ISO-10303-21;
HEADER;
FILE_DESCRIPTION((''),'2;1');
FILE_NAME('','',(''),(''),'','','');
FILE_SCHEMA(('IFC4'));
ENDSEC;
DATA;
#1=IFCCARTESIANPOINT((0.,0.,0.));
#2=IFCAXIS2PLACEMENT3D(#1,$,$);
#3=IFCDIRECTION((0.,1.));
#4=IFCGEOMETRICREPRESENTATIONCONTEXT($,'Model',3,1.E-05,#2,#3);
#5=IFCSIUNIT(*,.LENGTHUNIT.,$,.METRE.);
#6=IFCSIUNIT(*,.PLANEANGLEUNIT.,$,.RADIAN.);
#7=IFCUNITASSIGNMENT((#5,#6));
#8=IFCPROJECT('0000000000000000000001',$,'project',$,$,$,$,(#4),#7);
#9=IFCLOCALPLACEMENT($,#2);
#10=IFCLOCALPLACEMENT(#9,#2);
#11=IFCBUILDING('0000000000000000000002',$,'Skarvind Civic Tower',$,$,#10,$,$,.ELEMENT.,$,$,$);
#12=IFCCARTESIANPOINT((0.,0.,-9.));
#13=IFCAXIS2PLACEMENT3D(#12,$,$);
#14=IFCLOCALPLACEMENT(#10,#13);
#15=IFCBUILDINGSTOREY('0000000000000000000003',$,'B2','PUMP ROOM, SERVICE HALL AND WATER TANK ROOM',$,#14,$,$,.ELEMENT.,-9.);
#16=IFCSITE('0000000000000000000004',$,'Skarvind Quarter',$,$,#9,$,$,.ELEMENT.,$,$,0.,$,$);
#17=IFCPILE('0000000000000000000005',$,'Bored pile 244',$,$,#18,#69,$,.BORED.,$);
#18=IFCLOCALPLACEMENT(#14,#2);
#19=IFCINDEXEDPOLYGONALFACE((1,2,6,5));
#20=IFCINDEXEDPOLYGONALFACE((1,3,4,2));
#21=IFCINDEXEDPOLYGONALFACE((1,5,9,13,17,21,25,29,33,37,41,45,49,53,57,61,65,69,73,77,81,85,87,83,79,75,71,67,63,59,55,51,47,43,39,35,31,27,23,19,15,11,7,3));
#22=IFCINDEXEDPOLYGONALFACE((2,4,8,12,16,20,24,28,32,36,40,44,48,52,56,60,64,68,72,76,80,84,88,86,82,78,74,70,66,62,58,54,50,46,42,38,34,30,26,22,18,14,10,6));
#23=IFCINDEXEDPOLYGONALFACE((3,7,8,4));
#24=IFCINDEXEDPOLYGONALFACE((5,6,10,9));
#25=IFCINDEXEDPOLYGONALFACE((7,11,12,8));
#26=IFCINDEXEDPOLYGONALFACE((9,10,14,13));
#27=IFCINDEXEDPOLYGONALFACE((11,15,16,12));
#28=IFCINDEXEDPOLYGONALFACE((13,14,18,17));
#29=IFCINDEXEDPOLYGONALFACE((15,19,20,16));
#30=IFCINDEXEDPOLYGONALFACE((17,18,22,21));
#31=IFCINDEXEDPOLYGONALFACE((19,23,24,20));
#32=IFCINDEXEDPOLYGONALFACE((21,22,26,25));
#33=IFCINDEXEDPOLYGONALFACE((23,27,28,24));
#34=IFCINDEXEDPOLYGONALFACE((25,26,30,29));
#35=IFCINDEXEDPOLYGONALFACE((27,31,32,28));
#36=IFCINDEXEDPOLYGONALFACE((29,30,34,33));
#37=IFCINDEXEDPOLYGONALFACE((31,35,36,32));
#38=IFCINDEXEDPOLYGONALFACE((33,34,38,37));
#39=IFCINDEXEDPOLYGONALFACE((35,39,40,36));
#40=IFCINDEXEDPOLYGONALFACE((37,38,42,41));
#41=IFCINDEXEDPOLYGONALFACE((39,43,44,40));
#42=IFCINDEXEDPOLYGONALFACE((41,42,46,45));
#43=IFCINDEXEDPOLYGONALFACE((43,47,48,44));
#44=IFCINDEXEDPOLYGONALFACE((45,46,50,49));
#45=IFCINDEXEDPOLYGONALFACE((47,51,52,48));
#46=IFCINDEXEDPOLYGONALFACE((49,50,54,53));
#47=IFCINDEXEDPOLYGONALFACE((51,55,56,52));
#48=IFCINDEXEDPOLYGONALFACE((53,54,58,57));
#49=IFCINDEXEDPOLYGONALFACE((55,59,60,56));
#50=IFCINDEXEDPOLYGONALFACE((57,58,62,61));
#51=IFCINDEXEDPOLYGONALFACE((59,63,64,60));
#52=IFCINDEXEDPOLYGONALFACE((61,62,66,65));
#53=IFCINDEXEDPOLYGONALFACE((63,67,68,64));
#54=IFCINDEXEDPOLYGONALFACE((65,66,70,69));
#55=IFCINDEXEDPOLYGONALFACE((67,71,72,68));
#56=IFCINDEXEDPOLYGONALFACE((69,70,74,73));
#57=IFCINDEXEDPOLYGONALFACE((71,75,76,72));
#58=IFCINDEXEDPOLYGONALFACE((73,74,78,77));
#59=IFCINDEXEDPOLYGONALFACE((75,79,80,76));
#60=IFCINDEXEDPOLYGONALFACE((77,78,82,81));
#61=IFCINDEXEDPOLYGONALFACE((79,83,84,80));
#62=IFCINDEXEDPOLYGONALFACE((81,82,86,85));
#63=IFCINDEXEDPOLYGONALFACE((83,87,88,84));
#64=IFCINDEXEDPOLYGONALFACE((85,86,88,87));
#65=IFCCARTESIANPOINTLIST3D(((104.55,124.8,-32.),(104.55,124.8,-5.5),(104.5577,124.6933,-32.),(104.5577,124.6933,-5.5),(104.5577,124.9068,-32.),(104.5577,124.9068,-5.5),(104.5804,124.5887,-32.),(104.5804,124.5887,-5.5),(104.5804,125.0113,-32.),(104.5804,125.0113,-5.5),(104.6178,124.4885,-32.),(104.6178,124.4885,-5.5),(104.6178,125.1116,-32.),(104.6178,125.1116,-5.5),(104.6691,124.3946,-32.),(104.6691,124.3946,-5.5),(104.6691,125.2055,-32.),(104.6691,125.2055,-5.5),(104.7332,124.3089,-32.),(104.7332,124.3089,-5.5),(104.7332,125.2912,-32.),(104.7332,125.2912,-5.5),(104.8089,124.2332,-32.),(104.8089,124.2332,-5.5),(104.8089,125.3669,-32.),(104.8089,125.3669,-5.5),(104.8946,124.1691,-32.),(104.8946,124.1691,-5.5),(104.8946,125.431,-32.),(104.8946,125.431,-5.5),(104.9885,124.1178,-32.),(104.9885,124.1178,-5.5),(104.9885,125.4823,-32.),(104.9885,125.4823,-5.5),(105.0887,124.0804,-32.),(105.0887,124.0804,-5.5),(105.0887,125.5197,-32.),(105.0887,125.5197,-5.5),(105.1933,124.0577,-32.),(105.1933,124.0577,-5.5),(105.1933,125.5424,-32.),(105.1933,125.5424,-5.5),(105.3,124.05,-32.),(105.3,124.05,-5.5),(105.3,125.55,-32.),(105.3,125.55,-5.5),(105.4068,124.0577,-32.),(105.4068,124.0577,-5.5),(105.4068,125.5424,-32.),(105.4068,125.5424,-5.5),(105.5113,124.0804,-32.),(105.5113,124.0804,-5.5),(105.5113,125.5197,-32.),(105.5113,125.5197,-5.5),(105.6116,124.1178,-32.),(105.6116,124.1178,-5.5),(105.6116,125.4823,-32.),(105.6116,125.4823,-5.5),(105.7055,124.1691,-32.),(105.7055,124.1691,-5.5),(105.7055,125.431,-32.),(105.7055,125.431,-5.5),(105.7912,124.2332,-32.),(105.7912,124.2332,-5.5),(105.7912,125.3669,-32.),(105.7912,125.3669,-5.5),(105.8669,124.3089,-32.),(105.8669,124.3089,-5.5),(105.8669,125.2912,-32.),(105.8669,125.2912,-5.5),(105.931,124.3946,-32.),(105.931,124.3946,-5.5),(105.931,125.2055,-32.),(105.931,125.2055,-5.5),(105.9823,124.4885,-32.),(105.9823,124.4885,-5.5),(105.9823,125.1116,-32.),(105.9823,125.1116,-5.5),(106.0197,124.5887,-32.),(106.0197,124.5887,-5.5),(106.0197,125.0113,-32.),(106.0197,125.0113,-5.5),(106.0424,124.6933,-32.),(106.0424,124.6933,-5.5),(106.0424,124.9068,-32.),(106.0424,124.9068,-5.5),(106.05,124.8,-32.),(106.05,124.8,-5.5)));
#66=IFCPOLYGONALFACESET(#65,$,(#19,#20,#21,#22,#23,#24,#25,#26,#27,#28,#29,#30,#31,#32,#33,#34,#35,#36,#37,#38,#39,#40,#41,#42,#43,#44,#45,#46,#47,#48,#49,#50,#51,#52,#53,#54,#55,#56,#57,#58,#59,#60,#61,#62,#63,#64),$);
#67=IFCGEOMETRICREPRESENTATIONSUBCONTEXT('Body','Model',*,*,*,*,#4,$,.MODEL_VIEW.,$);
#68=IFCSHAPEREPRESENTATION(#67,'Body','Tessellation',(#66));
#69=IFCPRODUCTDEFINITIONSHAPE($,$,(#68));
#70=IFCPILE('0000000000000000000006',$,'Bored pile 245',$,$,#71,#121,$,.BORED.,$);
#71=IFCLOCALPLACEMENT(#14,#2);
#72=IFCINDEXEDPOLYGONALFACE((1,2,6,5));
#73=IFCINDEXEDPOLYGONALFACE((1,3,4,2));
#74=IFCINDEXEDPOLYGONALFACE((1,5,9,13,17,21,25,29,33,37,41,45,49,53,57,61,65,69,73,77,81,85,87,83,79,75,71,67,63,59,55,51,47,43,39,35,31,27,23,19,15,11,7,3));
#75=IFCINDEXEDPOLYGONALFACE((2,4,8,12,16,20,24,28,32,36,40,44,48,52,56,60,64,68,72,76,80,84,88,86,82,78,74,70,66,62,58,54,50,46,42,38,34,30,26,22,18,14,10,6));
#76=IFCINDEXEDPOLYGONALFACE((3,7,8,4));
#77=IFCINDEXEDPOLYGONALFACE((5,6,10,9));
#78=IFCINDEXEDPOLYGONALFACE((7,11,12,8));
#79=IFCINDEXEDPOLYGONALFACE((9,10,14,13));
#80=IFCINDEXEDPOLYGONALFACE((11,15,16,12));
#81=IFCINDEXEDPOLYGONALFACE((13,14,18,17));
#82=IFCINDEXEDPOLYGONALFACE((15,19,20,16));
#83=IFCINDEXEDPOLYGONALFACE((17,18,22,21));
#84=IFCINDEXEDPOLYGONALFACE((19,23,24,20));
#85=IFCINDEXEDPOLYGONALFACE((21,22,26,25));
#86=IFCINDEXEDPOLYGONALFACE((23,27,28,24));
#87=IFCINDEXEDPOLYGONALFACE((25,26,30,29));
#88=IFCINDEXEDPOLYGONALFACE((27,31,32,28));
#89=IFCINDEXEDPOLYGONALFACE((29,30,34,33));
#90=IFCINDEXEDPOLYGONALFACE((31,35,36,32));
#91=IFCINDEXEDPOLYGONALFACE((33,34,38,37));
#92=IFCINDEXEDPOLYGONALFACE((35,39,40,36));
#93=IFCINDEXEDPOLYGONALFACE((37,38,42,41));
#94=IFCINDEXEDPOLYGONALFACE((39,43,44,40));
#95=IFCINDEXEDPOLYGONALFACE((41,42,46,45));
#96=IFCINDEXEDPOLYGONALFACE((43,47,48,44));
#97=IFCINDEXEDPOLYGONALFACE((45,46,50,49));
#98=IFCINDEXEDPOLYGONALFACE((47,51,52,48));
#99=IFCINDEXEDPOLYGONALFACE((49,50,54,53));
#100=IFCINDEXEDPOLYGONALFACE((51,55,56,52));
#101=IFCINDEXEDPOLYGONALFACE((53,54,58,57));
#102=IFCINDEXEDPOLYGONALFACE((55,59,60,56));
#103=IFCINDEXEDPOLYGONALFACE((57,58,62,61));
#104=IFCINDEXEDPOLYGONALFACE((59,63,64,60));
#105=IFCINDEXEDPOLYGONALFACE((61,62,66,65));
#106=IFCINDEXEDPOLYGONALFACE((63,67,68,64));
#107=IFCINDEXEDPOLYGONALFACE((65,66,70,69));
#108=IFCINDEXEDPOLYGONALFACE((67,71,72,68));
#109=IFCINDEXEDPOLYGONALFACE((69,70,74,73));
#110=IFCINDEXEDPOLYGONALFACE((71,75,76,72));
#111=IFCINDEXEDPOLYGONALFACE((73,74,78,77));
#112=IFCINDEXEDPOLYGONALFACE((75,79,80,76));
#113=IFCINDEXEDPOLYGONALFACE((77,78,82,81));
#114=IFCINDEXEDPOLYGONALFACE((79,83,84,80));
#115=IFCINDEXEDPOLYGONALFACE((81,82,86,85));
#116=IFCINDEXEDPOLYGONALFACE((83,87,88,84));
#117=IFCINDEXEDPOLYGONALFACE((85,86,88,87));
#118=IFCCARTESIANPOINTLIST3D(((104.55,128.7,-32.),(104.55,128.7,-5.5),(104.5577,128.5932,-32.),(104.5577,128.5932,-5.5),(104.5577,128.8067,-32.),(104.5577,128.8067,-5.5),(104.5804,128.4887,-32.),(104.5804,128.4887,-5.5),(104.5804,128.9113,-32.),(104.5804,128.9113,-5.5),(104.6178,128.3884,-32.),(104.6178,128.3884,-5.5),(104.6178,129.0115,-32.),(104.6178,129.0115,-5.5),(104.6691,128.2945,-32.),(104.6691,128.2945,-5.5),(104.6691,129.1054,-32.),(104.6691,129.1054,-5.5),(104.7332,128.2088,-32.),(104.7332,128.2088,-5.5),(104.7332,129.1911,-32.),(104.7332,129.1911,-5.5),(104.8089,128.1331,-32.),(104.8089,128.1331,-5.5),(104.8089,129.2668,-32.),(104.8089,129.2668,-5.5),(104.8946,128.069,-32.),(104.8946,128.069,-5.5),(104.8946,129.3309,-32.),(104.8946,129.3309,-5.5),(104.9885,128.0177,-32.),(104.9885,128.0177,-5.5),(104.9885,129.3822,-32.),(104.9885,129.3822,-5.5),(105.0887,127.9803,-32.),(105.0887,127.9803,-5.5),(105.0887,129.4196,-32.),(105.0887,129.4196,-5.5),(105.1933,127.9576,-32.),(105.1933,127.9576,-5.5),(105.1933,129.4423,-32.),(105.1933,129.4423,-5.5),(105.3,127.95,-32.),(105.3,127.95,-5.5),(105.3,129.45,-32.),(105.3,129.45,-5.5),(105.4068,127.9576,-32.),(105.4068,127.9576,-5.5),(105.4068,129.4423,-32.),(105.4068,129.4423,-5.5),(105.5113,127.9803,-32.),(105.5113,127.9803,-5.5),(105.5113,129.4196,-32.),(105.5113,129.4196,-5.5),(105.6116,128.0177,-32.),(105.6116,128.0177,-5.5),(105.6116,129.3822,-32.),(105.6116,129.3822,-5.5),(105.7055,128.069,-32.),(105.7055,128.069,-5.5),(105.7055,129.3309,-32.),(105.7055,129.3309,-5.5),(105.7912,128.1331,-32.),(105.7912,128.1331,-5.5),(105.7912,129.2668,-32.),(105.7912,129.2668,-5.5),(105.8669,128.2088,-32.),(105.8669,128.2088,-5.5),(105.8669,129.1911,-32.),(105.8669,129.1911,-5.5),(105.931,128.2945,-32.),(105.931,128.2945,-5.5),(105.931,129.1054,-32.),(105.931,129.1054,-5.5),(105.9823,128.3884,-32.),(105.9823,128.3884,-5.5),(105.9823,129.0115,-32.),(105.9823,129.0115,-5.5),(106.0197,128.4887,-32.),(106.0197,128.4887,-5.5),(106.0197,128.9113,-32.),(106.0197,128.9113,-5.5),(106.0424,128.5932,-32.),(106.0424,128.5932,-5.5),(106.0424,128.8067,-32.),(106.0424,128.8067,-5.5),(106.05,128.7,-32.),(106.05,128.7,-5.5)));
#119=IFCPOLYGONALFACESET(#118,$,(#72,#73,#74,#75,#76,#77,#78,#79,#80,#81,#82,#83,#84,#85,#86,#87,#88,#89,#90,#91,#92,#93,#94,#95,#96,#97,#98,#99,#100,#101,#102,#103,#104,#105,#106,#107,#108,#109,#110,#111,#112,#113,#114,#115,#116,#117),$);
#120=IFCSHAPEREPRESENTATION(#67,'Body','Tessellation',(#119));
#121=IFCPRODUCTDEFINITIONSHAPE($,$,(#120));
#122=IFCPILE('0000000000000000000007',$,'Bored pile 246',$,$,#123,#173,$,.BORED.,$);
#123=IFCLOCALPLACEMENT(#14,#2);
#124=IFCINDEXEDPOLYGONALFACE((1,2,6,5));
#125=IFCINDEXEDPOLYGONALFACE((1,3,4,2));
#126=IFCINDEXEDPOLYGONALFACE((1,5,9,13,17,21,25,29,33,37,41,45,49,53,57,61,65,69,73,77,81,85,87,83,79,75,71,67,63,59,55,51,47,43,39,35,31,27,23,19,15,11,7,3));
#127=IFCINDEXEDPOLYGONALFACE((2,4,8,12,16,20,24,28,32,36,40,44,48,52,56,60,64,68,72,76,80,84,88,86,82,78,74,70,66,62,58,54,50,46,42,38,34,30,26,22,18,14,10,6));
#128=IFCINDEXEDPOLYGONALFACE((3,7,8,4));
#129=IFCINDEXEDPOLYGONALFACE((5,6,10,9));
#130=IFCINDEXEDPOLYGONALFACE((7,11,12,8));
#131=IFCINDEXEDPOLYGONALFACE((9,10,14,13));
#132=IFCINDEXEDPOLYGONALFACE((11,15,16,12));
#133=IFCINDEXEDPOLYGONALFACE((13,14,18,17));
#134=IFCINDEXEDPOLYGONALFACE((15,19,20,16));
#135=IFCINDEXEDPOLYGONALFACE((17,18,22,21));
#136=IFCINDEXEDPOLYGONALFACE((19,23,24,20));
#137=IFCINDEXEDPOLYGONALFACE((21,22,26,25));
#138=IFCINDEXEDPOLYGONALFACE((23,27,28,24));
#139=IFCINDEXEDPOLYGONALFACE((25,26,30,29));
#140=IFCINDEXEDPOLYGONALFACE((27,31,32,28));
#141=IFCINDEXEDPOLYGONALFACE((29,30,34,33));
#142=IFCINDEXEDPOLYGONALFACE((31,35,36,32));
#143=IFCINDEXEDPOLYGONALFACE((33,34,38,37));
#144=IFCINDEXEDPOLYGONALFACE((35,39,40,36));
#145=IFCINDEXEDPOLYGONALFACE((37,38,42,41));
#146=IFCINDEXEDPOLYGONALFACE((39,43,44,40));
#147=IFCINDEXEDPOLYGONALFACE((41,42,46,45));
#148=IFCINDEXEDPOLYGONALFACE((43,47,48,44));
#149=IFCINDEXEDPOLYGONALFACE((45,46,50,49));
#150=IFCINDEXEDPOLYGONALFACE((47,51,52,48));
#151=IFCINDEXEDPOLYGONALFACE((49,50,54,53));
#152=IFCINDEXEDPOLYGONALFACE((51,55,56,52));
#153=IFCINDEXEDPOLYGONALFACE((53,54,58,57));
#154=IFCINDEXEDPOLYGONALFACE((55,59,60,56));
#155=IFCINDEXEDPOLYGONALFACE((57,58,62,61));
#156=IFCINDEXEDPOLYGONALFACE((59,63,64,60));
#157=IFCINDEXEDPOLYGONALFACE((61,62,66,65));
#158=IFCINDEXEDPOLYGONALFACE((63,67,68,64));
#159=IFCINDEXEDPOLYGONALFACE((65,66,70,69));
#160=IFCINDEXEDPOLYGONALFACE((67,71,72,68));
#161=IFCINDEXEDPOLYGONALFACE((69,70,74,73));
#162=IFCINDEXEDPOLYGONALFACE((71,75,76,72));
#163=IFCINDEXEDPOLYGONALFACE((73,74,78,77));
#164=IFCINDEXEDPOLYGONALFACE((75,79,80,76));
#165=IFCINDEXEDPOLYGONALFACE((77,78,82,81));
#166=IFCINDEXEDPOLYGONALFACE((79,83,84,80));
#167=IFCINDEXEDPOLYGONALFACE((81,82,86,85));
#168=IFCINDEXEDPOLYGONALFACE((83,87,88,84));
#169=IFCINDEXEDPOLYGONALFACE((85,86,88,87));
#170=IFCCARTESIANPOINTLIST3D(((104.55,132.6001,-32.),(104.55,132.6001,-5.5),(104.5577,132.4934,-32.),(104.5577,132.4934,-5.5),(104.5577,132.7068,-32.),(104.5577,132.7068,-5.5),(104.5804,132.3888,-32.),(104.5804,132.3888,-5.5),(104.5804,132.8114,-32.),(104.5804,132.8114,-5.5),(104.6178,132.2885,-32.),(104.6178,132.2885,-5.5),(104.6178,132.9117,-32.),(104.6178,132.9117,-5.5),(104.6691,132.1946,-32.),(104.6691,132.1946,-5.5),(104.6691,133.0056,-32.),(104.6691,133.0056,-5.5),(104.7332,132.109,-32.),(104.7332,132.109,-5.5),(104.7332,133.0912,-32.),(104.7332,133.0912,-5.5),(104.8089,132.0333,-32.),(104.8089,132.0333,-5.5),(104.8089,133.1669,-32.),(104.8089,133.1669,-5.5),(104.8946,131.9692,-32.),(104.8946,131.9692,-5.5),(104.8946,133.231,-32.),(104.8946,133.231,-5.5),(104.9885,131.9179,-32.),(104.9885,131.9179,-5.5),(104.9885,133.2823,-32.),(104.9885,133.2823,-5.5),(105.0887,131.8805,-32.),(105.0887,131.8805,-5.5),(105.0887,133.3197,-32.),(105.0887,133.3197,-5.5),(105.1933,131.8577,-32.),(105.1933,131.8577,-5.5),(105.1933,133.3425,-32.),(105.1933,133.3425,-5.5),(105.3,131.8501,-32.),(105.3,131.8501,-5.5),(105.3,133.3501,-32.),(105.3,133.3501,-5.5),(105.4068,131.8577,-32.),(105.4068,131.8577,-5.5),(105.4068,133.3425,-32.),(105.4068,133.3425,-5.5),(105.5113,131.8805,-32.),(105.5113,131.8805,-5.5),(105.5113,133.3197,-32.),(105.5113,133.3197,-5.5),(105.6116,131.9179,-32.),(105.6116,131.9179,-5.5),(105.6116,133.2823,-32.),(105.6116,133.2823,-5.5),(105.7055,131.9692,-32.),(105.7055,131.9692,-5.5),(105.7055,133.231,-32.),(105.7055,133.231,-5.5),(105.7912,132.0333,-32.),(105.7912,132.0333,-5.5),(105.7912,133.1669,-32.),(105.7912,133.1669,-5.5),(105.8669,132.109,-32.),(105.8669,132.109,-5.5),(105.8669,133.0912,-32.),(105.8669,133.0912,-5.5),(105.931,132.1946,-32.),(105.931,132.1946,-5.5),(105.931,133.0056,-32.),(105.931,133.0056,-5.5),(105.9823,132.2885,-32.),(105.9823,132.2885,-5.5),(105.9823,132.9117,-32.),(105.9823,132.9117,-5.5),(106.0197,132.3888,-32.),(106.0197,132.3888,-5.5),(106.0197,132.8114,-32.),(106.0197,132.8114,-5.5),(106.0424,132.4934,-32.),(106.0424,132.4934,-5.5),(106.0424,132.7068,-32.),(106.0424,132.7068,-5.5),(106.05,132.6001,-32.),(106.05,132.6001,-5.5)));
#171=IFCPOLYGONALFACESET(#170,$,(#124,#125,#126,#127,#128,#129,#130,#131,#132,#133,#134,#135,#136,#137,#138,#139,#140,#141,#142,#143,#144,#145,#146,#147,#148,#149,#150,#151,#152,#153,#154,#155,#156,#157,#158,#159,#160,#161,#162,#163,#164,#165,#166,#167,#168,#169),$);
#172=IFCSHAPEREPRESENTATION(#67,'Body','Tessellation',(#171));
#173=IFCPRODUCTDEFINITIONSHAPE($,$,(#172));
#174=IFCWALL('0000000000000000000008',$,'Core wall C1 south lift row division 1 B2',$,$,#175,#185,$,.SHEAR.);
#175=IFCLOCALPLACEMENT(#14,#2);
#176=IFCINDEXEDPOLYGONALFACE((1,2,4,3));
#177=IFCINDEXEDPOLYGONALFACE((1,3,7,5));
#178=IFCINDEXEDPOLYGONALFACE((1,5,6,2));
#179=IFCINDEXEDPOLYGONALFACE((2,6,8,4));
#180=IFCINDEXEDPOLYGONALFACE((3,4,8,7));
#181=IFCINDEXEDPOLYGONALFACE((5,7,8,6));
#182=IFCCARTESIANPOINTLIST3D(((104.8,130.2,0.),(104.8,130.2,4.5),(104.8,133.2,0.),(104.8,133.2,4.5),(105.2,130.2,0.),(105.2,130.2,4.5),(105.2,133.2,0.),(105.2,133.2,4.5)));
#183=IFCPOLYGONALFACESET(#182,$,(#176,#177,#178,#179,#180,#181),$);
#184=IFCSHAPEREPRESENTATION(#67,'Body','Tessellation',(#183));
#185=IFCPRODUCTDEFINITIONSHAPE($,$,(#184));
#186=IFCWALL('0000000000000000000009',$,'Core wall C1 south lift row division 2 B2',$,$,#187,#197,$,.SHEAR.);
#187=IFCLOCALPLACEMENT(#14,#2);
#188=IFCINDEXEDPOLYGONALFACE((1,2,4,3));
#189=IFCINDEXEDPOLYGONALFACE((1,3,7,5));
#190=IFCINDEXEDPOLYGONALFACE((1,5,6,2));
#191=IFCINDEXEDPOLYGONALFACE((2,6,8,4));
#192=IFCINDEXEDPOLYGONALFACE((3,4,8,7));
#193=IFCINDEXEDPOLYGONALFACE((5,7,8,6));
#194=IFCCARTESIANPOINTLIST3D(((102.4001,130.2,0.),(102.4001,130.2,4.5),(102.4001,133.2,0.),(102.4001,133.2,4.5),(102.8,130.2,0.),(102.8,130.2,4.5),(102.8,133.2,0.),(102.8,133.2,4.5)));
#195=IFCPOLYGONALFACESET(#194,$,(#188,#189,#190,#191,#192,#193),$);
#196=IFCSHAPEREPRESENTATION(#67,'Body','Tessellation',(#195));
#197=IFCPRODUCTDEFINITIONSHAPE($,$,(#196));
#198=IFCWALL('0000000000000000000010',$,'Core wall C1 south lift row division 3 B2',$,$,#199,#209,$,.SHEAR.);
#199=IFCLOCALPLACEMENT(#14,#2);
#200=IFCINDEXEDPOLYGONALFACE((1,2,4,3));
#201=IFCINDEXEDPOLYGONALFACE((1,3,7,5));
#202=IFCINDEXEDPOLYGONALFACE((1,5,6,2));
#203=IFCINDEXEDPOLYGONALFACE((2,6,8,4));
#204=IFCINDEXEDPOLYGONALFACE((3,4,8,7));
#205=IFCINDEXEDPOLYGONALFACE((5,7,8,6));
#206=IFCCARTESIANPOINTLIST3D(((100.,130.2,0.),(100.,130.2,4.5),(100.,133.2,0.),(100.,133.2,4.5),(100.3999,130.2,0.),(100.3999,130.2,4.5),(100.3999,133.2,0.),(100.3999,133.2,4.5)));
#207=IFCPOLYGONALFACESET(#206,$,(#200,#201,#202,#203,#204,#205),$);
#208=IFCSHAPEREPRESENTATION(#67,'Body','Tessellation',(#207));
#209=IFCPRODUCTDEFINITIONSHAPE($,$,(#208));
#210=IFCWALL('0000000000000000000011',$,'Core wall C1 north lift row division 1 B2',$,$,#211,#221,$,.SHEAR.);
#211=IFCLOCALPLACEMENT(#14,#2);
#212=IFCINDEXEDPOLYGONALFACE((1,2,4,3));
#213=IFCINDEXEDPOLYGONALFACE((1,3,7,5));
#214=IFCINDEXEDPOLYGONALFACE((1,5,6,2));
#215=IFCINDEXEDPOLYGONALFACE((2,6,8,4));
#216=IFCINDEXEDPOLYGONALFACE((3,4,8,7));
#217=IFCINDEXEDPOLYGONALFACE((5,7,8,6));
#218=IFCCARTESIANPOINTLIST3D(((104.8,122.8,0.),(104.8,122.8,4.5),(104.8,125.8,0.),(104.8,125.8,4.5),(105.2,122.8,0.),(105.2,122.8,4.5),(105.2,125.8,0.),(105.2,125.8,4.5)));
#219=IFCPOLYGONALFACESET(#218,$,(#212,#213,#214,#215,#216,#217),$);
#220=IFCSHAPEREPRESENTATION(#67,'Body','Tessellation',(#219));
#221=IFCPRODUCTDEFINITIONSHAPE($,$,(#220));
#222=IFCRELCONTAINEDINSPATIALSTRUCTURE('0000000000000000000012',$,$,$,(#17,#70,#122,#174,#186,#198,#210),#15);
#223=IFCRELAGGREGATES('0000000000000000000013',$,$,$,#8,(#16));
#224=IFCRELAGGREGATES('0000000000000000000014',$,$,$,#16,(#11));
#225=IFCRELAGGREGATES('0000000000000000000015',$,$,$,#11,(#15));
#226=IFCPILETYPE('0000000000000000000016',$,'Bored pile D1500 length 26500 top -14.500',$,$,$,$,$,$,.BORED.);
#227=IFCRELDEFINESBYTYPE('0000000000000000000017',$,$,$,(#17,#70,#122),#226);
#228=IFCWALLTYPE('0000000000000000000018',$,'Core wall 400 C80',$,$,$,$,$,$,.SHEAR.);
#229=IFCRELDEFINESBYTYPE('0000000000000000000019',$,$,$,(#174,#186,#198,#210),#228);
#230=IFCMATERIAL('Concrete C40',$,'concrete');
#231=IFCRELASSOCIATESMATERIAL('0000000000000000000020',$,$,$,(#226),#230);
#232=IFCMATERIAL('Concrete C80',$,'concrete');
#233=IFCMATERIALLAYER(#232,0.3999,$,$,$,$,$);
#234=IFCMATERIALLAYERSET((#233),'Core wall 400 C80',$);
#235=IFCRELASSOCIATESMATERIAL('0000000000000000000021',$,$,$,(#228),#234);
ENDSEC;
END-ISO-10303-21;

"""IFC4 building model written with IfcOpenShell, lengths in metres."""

from ifc_helpers import new_model, si_unit, direction, frame, frame_2d, origin, origin_2d, place, context, subcontext, project, spatial, rectangle, circle, extrude, material, layer, layer_set, type_object, element, save


model = new_model("IFC4")

# Units and contexts
model_context = context("Model", 3, precision=1e-05, world=origin(), true_north=direction((0.0, 1.0)))
body_context = subcontext(model_context, "Body", "Model", "MODEL_VIEW")
ifc_project = project(units=[si_unit("LENGTHUNIT", "METRE"), si_unit("PLANEANGLEUNIT", "RADIAN")], contexts=[model_context])

# Site, building, storey
site_placement = place(None, origin())
site = spatial("IfcSite", under=ifc_project, at=site_placement, Name="Skarvind Quarter", CompositionType="ELEMENT", RefElevation=0.0)
building_placement = place(site_placement, origin())
building = spatial("IfcBuilding", under=site, at=building_placement, Name="Skarvind Civic Tower", CompositionType="ELEMENT")
storey_placement = place(building_placement, frame((0.0, 0.0, -9.0)))
storey = spatial("IfcBuildingStorey", under=building, at=storey_placement, Name="B2", Description="PUMP ROOM, SERVICE HALL AND WATER TANK ROOM", CompositionType="ELEMENT", Elevation=-9.0)

# Piles
ifc_material_1 = material(Name="Concrete C40", Category="concrete")
pile_type = type_object("IfcPileType", Name="Bored pile D1500 length 26500 top -14.500", PredefinedType="BORED", material=ifc_material_1)
for number, where, z_axis, x_axis, name in (
    (1, (105.3, 124.8, -5.5), (0.0, 0.0, -1.0), (1.0, 0.0, 0.0), "Bored pile 244"),
    (2, (105.3, 128.7, -5.5), (0.0, 0.0, -1.0), (1.0, 0.0, 0.0), "Bored pile 245"),
    (3, (105.3, 132.6001, -5.5), (0.0, 0.0, -1.0), (1.0, 0.0, 0.0), "Bored pile 246"),
):
    element("IfcPile", number, at=place(storey_placement, frame(where, z_axis=z_axis, x_axis=x_axis)), inside=storey, type_object=pile_type, Name=name, PredefinedType="BORED", context=body_context, shape_type="SweptSolid", body=[
        extrude(circle(Radius=0.75, at=origin_2d()), origin(), (0.0, 0.0, 1.0), 26.5),
    ])

# Walls
ifc_material_2 = material(Name="Concrete C80", Category="concrete")
ifc_layer_1 = layer(ifc_material_2, 0.3999)
ifc_layer_set_1 = layer_set([ifc_layer_1], Name="Core wall 400 C80")
wall_type_1 = type_object("IfcWallType", Name="Core wall 400 C80", PredefinedType="SHEAR", material=ifc_layer_set_1)
for number, where, z_axis, x_axis, name in (
    (4, (105.0, 133.2, 0.0), (0.0, 0.0, 1.0), (0.0, -1.0, 0.0), "Core wall C1 south lift row division 1 B2"),
    (5, (102.6001, 133.2, 0.0), (0.0, 0.0, 1.0), (0.0, -1.0, 0.0), "Core wall C1 south lift row division 2 B2"),
    (6, (100.2, 133.2, 0.0), (0.0, 0.0, 1.0), (0.0, -1.0, 0.0), "Core wall C1 south lift row division 3 B2"),
    (7, (105.0, 125.8, 0.0), (0.0, 0.0, 1.0), (0.0, -1.0, 0.0), "Core wall C1 north lift row division 1 B2"),
):
    element("IfcWall", number, at=place(storey_placement, frame(where, z_axis=z_axis, x_axis=x_axis)), inside=storey, type_object=wall_type_1, Name=name, PredefinedType="SHEAR", context=body_context, shape_type="SweptSolid", body=[
        extrude(rectangle(XDim=3.0, YDim=0.3999, at=frame_2d((1.5, 0.0))), origin(), (0.0, 0.0, 1.0), 4.5),
    ])

save(model, "model.ifc")
